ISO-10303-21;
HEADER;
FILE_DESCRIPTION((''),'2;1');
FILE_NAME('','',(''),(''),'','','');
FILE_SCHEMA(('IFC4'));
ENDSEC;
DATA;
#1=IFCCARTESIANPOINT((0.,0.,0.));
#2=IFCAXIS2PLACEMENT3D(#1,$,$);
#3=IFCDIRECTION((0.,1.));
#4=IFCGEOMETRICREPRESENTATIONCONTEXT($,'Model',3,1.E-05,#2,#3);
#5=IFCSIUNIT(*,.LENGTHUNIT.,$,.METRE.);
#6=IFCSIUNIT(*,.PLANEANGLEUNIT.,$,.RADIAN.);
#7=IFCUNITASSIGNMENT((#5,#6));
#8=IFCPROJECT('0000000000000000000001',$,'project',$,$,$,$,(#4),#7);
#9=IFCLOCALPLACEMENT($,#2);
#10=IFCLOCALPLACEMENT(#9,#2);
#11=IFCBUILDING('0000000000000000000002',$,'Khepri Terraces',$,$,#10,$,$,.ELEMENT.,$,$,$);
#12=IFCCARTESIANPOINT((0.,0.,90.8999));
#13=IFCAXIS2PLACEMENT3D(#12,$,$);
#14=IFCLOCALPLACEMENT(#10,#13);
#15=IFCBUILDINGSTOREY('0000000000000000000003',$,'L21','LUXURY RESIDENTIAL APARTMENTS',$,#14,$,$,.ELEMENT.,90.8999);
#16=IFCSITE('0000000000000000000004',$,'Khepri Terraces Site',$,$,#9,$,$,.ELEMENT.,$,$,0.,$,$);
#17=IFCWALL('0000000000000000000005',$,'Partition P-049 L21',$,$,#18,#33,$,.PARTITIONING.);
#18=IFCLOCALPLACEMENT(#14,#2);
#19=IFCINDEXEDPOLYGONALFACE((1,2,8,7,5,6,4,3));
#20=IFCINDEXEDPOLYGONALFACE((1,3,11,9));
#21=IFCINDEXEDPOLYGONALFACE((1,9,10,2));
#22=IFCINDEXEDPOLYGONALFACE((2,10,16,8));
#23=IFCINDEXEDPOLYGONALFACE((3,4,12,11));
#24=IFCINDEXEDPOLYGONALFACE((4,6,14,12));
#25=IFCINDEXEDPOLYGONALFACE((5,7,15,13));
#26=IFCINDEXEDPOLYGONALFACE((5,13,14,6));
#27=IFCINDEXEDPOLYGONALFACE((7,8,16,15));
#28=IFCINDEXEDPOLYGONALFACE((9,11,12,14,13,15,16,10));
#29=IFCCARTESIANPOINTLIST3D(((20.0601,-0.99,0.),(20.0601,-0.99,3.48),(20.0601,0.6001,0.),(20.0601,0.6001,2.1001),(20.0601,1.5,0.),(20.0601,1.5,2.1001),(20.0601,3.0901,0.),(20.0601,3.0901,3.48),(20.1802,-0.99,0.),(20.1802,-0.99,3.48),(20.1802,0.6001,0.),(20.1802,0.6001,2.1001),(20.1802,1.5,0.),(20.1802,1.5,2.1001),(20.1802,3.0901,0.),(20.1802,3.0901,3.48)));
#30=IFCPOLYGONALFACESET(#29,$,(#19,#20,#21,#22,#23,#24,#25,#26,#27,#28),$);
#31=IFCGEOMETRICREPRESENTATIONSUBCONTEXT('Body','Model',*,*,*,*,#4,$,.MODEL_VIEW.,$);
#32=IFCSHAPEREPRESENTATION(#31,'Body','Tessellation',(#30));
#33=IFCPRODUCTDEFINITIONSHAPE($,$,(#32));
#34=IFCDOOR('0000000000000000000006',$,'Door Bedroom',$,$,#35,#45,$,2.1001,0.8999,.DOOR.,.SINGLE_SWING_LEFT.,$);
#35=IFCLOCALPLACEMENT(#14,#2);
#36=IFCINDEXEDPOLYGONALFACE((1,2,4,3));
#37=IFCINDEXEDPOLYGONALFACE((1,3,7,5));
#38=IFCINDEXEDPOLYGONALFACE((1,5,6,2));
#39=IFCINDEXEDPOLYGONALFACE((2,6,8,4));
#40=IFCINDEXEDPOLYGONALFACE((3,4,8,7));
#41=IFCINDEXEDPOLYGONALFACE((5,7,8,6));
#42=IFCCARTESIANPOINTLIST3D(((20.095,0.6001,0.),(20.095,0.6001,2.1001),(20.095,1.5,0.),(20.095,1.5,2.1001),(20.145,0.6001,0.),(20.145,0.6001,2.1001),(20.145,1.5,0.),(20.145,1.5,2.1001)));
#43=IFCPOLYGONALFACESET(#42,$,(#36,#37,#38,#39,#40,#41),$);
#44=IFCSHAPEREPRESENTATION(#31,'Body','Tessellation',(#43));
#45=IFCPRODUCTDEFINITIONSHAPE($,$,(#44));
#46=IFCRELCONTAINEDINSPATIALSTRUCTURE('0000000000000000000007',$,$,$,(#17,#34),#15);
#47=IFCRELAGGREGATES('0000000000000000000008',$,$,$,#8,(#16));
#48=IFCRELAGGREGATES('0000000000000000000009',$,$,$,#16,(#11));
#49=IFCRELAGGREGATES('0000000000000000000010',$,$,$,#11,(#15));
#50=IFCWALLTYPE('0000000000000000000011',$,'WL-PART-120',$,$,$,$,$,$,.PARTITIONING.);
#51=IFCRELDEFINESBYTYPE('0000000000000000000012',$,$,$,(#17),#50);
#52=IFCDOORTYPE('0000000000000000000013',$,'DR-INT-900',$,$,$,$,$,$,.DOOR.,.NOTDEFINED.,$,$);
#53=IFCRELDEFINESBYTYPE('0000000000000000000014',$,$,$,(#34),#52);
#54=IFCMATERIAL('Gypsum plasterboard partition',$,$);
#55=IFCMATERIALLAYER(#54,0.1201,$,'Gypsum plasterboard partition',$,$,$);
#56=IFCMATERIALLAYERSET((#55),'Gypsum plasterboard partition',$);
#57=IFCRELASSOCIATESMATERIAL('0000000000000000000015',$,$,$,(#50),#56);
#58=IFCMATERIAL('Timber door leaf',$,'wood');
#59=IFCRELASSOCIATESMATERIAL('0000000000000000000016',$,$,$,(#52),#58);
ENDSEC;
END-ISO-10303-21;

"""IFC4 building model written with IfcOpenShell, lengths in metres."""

from ifc_helpers import new_model, si_unit, direction, frame, frame_2d, origin, place, context, subcontext, project, spatial, rectangle, extrude, material, layer, layer_set, type_object, element, fill, save


model = new_model("IFC4")

# Units and contexts
model_context = context("Model", 3, precision=1e-05, world=origin(), true_north=direction((0.0, 1.0)))
body_context = subcontext(model_context, "Body", "Model", "MODEL_VIEW")
ifc_project = project(units=[si_unit("LENGTHUNIT", "METRE"), si_unit("PLANEANGLEUNIT", "RADIAN")], contexts=[model_context])

# Site, building, storey
site_placement = place(None, origin())
site = spatial("IfcSite", under=ifc_project, at=site_placement, Name="Khepri Terraces Site", CompositionType="ELEMENT", RefElevation=0.0)
building_placement = place(site_placement, origin())
building = spatial("IfcBuilding", under=site, at=building_placement, Name="Khepri Terraces", CompositionType="ELEMENT")
storey_placement = place(building_placement, frame((0.0, 0.0, 90.8999)))
storey = spatial("IfcBuildingStorey", under=building, at=storey_placement, Name="L21", Description="LUXURY RESIDENTIAL APARTMENTS", CompositionType="ELEMENT", Elevation=90.8999)

# Shared definitions
ifc_material_1 = material(Name="Gypsum plasterboard partition")
ifc_layer_1 = layer(ifc_material_1, 0.1201, Name="Gypsum plasterboard partition")
ifc_layer_set_1 = layer_set([ifc_layer_1], Name="Gypsum plasterboard partition")
wall_type_1 = type_object("IfcWallType", Name="WL-PART-120", PredefinedType="PARTITIONING", material=ifc_layer_set_1)
ifc_material_2 = material(Name="Timber door leaf", Category="wood")
door_type_1 = type_object("IfcDoorType", Name="DR-INT-900", OperationType="NOTDEFINED", PredefinedType="DOOR", material=ifc_material_2)

# Wall, opening, door
wall_1_placement = place(storey_placement, frame((20.1201, -0.99, 0.0), z_axis=(0.0, 0.0, 1.0), x_axis=(0.0, 1.0, 0.0)))
wall_1 = element("IfcWall", 1, at=wall_1_placement, inside=storey, type_object=wall_type_1, Name="Partition P-049 L21", PredefinedType="PARTITIONING", context=body_context, shape_type="SweptSolid", body=[
    extrude(rectangle(XDim=4.0801, YDim=0.1201, at=frame_2d((2.04, 0.0))), origin(), (0.0, 0.0, 1.0), 3.48),
])
opening_1_placement = place(wall_1_placement, frame((1.5901, 0.0, 0.0)))
opening_1 = element("IfcOpeningElement", 2, at=opening_1_placement, cuts=wall_1, PredefinedType="OPENING", context=body_context, shape_type="SweptSolid", body=[
    extrude(rectangle(XDim=0.8999, YDim=2.1001, at=frame_2d((0.45, 1.05))), frame((0.0, 0.0701, 0.0), z_axis=(0.0, -1.0, 0.0), x_axis=(1.0, 0.0, 0.0)), (0.0, 0.0, 1.0), 0.1401),
])
door_1_placement = place(opening_1_placement, frame((0.8999, 0.0, 0.0), z_axis=(0.0, 0.0, 1.0), x_axis=(-1.0, 0.0, 0.0)))
door_1 = element("IfcDoor", 3, at=door_1_placement, inside=storey, type_object=door_type_1, Name="Door Bedroom", OperationType="SINGLE_SWING_LEFT", OverallHeight=2.1001, OverallWidth=0.8999, PredefinedType="DOOR", context=body_context, shape_type="SweptSolid", body=[
    extrude(rectangle(XDim=0.8999, YDim=2.1001, at=frame_2d((0.45, 1.05))), frame((0.0, 0.0249, 0.0), z_axis=(0.0, -1.0, 0.0), x_axis=(1.0, 0.0, 0.0)), (0.0, 0.0, 1.0), 0.05),
])
fill(opening_1, door_1)

save(model, "model.ifc")
